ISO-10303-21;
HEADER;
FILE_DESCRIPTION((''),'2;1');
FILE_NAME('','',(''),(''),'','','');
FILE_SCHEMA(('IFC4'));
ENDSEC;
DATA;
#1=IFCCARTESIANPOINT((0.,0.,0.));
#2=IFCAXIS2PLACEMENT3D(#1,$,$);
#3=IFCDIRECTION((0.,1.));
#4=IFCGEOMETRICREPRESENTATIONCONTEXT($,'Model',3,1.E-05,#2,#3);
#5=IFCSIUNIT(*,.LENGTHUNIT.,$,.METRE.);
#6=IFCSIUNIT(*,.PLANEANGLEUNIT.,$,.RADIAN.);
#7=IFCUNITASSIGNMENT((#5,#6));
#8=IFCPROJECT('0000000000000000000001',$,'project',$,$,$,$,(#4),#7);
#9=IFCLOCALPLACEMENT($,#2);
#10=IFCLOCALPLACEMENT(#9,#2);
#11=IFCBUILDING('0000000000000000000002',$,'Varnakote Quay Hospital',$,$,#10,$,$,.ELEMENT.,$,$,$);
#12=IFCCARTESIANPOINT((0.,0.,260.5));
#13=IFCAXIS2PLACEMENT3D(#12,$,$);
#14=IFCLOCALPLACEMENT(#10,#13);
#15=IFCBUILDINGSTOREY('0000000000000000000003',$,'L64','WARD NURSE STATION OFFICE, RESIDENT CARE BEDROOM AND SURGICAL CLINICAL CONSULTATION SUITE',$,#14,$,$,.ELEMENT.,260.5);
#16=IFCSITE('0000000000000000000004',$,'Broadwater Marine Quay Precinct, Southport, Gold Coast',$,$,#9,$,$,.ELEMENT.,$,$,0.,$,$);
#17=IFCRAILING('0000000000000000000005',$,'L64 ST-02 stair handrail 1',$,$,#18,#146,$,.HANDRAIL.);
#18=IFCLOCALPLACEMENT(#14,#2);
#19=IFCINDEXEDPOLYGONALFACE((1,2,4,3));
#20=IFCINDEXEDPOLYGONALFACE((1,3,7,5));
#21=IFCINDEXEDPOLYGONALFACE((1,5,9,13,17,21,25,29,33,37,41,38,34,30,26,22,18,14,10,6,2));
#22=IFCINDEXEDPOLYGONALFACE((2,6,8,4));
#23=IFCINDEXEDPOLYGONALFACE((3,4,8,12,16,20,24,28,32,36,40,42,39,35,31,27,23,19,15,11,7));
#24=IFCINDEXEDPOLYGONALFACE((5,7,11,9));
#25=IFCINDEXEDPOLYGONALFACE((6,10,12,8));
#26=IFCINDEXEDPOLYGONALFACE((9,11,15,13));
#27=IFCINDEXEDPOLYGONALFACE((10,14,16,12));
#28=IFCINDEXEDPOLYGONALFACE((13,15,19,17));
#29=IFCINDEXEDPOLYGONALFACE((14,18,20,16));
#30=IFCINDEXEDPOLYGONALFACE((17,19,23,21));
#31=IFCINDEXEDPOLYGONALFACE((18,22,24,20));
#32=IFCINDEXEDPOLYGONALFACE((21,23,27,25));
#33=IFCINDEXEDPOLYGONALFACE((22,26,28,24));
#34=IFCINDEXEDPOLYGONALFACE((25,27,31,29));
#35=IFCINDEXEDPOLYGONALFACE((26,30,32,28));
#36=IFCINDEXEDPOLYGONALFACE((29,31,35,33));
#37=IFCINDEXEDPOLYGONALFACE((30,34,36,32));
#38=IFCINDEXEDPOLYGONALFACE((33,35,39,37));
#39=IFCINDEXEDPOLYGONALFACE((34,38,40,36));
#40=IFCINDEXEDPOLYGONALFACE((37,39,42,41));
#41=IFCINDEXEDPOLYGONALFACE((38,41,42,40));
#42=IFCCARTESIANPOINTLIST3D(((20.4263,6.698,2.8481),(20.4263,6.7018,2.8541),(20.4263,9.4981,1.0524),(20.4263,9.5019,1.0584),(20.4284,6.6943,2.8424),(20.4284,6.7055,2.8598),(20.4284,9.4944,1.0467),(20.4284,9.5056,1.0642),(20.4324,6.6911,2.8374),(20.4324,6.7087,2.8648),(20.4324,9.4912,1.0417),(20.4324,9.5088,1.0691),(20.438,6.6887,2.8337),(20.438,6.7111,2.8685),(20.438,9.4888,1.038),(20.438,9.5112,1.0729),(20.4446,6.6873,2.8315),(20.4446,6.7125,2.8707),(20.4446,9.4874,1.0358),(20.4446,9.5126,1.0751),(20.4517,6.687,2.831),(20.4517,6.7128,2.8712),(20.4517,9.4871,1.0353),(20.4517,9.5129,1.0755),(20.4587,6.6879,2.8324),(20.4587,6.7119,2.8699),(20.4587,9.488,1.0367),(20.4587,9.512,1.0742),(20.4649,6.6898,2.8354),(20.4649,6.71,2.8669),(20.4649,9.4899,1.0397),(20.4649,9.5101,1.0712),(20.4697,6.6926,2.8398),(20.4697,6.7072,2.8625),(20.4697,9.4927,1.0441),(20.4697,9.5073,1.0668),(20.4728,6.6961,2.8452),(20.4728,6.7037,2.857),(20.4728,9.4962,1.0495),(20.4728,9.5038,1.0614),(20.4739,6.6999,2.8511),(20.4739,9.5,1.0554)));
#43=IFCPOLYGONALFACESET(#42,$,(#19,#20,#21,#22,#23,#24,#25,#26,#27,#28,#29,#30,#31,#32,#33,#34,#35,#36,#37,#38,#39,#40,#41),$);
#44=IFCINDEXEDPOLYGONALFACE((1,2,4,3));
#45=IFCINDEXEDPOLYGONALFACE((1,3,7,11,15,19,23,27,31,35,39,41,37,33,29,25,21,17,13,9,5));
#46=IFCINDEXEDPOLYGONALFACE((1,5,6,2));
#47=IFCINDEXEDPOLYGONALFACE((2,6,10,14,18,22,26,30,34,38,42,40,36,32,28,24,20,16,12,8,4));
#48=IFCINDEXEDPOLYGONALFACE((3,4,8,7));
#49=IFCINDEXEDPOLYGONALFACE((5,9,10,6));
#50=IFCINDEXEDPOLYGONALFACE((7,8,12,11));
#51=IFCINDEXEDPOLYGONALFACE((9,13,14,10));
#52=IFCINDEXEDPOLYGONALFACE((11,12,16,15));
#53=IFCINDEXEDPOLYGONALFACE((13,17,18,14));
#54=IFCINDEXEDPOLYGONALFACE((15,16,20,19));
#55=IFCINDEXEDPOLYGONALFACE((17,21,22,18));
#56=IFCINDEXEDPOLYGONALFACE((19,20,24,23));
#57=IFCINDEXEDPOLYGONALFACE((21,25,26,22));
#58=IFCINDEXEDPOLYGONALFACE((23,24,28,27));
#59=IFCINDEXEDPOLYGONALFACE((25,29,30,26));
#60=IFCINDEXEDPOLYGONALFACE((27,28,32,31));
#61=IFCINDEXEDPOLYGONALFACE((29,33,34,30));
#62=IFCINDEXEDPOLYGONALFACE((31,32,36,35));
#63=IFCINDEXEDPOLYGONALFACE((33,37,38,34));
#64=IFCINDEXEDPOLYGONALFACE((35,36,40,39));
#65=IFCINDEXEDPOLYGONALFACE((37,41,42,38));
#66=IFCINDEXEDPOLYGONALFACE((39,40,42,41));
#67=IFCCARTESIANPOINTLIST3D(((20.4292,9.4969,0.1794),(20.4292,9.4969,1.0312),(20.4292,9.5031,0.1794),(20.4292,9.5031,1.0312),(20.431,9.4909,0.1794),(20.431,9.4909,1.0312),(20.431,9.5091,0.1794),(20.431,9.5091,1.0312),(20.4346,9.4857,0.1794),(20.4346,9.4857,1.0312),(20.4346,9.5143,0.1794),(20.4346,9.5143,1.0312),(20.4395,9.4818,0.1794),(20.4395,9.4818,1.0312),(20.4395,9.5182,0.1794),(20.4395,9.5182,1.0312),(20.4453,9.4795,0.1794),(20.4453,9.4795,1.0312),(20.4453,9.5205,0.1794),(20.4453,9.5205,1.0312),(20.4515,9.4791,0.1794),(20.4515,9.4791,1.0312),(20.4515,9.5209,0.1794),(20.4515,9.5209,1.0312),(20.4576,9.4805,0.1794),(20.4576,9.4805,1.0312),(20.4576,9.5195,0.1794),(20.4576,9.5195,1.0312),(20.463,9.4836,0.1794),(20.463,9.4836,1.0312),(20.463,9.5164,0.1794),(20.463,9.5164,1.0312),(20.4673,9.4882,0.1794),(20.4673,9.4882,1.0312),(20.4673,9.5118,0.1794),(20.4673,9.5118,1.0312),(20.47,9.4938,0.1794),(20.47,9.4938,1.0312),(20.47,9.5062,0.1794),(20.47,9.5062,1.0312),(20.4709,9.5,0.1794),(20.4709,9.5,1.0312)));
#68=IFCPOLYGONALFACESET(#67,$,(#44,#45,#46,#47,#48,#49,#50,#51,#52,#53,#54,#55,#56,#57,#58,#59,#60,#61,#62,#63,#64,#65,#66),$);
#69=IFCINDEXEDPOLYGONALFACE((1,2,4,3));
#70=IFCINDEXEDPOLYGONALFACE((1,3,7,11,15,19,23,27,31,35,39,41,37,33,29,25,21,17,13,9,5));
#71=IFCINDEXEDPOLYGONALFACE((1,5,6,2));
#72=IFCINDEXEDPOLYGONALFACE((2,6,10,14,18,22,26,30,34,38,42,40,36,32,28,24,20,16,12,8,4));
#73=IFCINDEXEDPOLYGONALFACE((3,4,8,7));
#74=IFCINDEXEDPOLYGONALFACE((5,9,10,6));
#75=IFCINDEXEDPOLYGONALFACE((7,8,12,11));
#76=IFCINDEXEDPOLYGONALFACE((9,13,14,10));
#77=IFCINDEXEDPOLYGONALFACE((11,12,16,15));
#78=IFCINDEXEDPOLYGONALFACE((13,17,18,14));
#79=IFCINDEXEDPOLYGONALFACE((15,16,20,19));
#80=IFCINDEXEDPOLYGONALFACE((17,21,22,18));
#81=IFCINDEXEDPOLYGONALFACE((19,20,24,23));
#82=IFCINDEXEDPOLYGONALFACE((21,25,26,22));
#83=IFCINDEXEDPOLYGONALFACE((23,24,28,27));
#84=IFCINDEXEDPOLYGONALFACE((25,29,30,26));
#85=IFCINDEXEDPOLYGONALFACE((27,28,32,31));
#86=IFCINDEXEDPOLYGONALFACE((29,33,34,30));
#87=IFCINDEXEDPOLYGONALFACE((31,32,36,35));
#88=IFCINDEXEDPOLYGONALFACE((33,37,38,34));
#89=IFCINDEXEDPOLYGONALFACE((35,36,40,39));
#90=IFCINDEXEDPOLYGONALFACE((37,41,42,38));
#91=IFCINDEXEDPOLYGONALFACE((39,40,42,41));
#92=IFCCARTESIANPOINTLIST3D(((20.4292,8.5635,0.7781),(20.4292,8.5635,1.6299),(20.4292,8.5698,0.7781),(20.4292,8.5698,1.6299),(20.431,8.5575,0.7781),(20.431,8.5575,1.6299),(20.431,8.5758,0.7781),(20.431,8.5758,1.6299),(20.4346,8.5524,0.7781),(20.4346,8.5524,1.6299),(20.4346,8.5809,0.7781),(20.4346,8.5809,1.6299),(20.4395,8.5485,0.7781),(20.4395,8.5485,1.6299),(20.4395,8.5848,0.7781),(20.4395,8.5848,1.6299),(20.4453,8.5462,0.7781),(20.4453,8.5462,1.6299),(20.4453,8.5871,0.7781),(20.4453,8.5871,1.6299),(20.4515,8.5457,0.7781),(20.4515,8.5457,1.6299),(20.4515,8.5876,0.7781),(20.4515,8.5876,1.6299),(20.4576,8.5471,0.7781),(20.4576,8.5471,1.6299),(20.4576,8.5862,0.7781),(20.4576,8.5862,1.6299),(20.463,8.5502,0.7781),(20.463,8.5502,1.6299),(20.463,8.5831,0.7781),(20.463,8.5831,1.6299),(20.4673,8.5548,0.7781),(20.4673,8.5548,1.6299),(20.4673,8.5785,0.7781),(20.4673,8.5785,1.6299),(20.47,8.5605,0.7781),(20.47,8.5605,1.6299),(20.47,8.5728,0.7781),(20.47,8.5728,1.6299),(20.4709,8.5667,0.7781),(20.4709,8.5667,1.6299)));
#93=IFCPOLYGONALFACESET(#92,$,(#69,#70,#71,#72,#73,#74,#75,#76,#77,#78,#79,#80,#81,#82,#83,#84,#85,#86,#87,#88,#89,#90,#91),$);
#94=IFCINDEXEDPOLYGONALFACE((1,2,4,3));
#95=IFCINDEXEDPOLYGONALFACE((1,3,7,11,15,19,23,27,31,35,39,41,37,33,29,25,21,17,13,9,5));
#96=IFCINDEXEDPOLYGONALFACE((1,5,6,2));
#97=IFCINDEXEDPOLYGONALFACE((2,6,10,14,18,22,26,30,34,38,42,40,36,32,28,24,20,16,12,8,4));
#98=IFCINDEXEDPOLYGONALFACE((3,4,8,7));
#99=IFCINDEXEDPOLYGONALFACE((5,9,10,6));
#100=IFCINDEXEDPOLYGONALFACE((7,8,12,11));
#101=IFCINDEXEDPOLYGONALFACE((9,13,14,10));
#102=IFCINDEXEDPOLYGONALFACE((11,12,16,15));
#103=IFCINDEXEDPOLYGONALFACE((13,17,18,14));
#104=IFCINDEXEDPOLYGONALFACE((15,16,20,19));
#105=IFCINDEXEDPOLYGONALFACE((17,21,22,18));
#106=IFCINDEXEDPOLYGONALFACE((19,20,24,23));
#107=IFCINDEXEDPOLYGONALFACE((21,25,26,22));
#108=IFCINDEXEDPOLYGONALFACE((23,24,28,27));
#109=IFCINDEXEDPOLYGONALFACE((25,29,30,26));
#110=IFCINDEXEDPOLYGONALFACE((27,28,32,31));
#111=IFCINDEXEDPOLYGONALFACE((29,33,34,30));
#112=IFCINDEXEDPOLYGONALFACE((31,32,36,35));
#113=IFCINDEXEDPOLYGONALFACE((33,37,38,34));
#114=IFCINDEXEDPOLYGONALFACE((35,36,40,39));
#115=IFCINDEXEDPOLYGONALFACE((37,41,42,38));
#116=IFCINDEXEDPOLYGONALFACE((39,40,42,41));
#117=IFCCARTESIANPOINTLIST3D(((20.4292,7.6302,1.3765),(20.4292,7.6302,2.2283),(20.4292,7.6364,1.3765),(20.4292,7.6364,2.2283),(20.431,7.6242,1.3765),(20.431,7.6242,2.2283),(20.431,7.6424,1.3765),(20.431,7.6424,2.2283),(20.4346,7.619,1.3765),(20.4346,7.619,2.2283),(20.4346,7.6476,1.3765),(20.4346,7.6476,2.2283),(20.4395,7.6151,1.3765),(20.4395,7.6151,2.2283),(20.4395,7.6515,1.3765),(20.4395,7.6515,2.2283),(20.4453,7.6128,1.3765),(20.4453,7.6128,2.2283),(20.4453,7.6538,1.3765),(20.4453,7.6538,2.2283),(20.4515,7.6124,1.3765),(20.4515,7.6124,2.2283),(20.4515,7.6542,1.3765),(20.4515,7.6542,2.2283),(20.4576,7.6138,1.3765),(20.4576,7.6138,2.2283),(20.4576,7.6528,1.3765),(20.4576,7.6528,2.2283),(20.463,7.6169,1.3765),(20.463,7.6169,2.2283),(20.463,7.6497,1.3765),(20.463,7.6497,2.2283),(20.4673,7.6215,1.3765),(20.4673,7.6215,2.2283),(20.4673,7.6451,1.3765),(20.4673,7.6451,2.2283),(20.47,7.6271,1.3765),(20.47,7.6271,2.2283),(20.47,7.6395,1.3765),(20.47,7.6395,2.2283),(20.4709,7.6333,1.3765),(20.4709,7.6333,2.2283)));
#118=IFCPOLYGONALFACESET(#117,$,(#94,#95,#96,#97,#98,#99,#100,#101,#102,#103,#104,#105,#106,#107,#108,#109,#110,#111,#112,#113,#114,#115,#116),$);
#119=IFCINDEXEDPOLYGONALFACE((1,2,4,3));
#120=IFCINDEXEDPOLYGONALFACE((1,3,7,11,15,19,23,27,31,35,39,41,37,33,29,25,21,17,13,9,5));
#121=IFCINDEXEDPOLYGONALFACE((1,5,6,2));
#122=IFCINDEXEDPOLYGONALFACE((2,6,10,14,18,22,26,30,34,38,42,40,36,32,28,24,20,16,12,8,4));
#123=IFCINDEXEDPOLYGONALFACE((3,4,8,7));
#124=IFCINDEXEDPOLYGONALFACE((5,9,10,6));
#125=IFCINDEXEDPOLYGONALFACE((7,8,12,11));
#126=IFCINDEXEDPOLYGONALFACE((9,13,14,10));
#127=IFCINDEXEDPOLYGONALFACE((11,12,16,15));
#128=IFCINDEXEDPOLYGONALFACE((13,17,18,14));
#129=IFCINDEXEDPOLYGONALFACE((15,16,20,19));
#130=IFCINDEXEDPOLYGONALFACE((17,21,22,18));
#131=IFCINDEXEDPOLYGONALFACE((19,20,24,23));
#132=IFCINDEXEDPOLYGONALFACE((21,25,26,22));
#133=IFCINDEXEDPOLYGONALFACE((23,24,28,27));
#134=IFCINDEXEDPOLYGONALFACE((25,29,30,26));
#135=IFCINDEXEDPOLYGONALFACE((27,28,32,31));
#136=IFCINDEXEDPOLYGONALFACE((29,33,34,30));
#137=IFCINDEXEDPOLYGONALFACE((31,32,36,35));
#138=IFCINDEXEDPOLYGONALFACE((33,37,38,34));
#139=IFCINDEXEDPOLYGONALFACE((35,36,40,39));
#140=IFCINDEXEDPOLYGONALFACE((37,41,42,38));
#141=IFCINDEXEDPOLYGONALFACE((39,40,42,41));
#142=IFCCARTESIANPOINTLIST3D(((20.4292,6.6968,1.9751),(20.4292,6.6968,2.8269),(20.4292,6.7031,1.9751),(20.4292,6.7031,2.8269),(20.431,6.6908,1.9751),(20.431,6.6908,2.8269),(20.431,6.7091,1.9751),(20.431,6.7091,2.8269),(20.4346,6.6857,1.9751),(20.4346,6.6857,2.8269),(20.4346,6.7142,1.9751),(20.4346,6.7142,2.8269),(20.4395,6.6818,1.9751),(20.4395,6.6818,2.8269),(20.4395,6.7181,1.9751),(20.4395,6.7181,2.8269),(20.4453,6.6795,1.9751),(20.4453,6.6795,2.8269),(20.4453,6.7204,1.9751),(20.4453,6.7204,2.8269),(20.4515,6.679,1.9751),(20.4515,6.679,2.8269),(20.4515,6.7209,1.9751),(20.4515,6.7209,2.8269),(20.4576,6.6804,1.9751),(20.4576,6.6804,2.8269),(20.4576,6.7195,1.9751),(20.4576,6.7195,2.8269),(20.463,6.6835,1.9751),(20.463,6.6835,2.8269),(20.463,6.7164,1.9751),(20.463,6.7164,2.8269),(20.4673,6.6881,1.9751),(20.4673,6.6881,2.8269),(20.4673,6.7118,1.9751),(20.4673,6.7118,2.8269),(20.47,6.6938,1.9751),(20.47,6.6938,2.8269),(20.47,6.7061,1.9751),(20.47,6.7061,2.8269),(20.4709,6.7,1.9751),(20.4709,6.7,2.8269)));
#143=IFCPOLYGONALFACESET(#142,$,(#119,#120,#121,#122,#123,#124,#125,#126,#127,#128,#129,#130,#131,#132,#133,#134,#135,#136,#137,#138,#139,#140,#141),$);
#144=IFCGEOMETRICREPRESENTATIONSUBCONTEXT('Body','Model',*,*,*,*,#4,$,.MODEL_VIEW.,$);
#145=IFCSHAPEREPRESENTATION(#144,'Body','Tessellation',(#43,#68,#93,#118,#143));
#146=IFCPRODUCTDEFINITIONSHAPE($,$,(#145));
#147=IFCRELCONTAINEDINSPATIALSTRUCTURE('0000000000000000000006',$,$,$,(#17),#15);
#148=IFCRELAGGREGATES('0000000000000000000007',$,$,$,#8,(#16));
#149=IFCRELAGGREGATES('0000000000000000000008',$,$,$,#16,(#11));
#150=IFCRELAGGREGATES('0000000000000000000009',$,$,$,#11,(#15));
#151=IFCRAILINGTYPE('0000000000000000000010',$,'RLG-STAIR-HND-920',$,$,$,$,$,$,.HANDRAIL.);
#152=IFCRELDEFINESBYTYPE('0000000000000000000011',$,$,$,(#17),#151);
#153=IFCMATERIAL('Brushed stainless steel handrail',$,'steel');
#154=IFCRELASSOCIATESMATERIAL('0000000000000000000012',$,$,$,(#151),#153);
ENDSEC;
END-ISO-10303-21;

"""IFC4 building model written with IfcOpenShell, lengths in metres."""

from ifc_helpers import new_model, si_unit, direction, frame, origin, origin_2d, place, context, subcontext, project, spatial, circle, extrude, material, type_object, element, save


model = new_model("IFC4")

# Units and contexts
model_context = context("Model", 3, precision=1e-05, world=origin(), true_north=direction((0.0, 1.0)))
body_context = subcontext(model_context, "Body", "Model", "MODEL_VIEW")
ifc_project = project(units=[si_unit("LENGTHUNIT", "METRE"), si_unit("PLANEANGLEUNIT", "RADIAN")], contexts=[model_context])

# Site, building, storey
site_placement = place(None, origin())
site = spatial("IfcSite", under=ifc_project, at=site_placement, Name="Broadwater Marine Quay Precinct, Southport, Gold Coast", CompositionType="ELEMENT", RefElevation=0.0)
building_placement = place(site_placement, origin())
building = spatial("IfcBuilding", under=site, at=building_placement, Name="Varnakote Quay Hospital", CompositionType="ELEMENT")
storey_placement = place(building_placement, frame((0.0, 0.0, 260.5)))
storey = spatial("IfcBuildingStorey", under=building, at=storey_placement, Name="L64", Description="WARD NURSE STATION OFFICE, RESIDENT CARE BEDROOM AND SURGICAL CLINICAL CONSULTATION SUITE", CompositionType="ELEMENT", Elevation=260.5)

# Railing
ifc_material_1 = material(Name="Brushed stainless steel handrail", Category="steel")
railing_type_1 = type_object("IfcRailingType", Name="RLG-STAIR-HND-920", PredefinedType="HANDRAIL", material=ifc_material_1)
railing_1_placement = place(storey_placement, frame((20.45, 9.5, 0.1794)))
element("IfcRailing", 1, at=railing_1_placement, inside=storey, type_object=railing_type_1, Name="L64 ST-02 stair handrail 1", PredefinedType="HANDRAIL", context=body_context, shape_type="SweptSolid", body=[
    extrude(circle(Radius=0.0239, at=origin_2d()), frame((0.0, 0.0, 0.876), z_axis=(0.0, -0.841777, 0.539826), x_axis=(1.0, 0.0, 0.0)), (0.0, 0.0, 1.0), 3.3264),
    extrude(circle(Radius=0.021, at=origin_2d()), origin(), (0.0, 0.0, 1.0), 0.8518),
    extrude(circle(Radius=0.021, at=origin_2d()), frame((0.0, -0.9333, 0.5986)), (0.0, 0.0, 1.0), 0.8518),
    extrude(circle(Radius=0.021, at=origin_2d()), frame((0.0, -1.8667, 1.197)), (0.0, 0.0, 1.0), 0.8518),
    extrude(circle(Radius=0.021, at=origin_2d()), frame((0.0, -2.8, 1.7957)), (0.0, 0.0, 1.0), 0.8518),
])

save(model, "model.ifc")
